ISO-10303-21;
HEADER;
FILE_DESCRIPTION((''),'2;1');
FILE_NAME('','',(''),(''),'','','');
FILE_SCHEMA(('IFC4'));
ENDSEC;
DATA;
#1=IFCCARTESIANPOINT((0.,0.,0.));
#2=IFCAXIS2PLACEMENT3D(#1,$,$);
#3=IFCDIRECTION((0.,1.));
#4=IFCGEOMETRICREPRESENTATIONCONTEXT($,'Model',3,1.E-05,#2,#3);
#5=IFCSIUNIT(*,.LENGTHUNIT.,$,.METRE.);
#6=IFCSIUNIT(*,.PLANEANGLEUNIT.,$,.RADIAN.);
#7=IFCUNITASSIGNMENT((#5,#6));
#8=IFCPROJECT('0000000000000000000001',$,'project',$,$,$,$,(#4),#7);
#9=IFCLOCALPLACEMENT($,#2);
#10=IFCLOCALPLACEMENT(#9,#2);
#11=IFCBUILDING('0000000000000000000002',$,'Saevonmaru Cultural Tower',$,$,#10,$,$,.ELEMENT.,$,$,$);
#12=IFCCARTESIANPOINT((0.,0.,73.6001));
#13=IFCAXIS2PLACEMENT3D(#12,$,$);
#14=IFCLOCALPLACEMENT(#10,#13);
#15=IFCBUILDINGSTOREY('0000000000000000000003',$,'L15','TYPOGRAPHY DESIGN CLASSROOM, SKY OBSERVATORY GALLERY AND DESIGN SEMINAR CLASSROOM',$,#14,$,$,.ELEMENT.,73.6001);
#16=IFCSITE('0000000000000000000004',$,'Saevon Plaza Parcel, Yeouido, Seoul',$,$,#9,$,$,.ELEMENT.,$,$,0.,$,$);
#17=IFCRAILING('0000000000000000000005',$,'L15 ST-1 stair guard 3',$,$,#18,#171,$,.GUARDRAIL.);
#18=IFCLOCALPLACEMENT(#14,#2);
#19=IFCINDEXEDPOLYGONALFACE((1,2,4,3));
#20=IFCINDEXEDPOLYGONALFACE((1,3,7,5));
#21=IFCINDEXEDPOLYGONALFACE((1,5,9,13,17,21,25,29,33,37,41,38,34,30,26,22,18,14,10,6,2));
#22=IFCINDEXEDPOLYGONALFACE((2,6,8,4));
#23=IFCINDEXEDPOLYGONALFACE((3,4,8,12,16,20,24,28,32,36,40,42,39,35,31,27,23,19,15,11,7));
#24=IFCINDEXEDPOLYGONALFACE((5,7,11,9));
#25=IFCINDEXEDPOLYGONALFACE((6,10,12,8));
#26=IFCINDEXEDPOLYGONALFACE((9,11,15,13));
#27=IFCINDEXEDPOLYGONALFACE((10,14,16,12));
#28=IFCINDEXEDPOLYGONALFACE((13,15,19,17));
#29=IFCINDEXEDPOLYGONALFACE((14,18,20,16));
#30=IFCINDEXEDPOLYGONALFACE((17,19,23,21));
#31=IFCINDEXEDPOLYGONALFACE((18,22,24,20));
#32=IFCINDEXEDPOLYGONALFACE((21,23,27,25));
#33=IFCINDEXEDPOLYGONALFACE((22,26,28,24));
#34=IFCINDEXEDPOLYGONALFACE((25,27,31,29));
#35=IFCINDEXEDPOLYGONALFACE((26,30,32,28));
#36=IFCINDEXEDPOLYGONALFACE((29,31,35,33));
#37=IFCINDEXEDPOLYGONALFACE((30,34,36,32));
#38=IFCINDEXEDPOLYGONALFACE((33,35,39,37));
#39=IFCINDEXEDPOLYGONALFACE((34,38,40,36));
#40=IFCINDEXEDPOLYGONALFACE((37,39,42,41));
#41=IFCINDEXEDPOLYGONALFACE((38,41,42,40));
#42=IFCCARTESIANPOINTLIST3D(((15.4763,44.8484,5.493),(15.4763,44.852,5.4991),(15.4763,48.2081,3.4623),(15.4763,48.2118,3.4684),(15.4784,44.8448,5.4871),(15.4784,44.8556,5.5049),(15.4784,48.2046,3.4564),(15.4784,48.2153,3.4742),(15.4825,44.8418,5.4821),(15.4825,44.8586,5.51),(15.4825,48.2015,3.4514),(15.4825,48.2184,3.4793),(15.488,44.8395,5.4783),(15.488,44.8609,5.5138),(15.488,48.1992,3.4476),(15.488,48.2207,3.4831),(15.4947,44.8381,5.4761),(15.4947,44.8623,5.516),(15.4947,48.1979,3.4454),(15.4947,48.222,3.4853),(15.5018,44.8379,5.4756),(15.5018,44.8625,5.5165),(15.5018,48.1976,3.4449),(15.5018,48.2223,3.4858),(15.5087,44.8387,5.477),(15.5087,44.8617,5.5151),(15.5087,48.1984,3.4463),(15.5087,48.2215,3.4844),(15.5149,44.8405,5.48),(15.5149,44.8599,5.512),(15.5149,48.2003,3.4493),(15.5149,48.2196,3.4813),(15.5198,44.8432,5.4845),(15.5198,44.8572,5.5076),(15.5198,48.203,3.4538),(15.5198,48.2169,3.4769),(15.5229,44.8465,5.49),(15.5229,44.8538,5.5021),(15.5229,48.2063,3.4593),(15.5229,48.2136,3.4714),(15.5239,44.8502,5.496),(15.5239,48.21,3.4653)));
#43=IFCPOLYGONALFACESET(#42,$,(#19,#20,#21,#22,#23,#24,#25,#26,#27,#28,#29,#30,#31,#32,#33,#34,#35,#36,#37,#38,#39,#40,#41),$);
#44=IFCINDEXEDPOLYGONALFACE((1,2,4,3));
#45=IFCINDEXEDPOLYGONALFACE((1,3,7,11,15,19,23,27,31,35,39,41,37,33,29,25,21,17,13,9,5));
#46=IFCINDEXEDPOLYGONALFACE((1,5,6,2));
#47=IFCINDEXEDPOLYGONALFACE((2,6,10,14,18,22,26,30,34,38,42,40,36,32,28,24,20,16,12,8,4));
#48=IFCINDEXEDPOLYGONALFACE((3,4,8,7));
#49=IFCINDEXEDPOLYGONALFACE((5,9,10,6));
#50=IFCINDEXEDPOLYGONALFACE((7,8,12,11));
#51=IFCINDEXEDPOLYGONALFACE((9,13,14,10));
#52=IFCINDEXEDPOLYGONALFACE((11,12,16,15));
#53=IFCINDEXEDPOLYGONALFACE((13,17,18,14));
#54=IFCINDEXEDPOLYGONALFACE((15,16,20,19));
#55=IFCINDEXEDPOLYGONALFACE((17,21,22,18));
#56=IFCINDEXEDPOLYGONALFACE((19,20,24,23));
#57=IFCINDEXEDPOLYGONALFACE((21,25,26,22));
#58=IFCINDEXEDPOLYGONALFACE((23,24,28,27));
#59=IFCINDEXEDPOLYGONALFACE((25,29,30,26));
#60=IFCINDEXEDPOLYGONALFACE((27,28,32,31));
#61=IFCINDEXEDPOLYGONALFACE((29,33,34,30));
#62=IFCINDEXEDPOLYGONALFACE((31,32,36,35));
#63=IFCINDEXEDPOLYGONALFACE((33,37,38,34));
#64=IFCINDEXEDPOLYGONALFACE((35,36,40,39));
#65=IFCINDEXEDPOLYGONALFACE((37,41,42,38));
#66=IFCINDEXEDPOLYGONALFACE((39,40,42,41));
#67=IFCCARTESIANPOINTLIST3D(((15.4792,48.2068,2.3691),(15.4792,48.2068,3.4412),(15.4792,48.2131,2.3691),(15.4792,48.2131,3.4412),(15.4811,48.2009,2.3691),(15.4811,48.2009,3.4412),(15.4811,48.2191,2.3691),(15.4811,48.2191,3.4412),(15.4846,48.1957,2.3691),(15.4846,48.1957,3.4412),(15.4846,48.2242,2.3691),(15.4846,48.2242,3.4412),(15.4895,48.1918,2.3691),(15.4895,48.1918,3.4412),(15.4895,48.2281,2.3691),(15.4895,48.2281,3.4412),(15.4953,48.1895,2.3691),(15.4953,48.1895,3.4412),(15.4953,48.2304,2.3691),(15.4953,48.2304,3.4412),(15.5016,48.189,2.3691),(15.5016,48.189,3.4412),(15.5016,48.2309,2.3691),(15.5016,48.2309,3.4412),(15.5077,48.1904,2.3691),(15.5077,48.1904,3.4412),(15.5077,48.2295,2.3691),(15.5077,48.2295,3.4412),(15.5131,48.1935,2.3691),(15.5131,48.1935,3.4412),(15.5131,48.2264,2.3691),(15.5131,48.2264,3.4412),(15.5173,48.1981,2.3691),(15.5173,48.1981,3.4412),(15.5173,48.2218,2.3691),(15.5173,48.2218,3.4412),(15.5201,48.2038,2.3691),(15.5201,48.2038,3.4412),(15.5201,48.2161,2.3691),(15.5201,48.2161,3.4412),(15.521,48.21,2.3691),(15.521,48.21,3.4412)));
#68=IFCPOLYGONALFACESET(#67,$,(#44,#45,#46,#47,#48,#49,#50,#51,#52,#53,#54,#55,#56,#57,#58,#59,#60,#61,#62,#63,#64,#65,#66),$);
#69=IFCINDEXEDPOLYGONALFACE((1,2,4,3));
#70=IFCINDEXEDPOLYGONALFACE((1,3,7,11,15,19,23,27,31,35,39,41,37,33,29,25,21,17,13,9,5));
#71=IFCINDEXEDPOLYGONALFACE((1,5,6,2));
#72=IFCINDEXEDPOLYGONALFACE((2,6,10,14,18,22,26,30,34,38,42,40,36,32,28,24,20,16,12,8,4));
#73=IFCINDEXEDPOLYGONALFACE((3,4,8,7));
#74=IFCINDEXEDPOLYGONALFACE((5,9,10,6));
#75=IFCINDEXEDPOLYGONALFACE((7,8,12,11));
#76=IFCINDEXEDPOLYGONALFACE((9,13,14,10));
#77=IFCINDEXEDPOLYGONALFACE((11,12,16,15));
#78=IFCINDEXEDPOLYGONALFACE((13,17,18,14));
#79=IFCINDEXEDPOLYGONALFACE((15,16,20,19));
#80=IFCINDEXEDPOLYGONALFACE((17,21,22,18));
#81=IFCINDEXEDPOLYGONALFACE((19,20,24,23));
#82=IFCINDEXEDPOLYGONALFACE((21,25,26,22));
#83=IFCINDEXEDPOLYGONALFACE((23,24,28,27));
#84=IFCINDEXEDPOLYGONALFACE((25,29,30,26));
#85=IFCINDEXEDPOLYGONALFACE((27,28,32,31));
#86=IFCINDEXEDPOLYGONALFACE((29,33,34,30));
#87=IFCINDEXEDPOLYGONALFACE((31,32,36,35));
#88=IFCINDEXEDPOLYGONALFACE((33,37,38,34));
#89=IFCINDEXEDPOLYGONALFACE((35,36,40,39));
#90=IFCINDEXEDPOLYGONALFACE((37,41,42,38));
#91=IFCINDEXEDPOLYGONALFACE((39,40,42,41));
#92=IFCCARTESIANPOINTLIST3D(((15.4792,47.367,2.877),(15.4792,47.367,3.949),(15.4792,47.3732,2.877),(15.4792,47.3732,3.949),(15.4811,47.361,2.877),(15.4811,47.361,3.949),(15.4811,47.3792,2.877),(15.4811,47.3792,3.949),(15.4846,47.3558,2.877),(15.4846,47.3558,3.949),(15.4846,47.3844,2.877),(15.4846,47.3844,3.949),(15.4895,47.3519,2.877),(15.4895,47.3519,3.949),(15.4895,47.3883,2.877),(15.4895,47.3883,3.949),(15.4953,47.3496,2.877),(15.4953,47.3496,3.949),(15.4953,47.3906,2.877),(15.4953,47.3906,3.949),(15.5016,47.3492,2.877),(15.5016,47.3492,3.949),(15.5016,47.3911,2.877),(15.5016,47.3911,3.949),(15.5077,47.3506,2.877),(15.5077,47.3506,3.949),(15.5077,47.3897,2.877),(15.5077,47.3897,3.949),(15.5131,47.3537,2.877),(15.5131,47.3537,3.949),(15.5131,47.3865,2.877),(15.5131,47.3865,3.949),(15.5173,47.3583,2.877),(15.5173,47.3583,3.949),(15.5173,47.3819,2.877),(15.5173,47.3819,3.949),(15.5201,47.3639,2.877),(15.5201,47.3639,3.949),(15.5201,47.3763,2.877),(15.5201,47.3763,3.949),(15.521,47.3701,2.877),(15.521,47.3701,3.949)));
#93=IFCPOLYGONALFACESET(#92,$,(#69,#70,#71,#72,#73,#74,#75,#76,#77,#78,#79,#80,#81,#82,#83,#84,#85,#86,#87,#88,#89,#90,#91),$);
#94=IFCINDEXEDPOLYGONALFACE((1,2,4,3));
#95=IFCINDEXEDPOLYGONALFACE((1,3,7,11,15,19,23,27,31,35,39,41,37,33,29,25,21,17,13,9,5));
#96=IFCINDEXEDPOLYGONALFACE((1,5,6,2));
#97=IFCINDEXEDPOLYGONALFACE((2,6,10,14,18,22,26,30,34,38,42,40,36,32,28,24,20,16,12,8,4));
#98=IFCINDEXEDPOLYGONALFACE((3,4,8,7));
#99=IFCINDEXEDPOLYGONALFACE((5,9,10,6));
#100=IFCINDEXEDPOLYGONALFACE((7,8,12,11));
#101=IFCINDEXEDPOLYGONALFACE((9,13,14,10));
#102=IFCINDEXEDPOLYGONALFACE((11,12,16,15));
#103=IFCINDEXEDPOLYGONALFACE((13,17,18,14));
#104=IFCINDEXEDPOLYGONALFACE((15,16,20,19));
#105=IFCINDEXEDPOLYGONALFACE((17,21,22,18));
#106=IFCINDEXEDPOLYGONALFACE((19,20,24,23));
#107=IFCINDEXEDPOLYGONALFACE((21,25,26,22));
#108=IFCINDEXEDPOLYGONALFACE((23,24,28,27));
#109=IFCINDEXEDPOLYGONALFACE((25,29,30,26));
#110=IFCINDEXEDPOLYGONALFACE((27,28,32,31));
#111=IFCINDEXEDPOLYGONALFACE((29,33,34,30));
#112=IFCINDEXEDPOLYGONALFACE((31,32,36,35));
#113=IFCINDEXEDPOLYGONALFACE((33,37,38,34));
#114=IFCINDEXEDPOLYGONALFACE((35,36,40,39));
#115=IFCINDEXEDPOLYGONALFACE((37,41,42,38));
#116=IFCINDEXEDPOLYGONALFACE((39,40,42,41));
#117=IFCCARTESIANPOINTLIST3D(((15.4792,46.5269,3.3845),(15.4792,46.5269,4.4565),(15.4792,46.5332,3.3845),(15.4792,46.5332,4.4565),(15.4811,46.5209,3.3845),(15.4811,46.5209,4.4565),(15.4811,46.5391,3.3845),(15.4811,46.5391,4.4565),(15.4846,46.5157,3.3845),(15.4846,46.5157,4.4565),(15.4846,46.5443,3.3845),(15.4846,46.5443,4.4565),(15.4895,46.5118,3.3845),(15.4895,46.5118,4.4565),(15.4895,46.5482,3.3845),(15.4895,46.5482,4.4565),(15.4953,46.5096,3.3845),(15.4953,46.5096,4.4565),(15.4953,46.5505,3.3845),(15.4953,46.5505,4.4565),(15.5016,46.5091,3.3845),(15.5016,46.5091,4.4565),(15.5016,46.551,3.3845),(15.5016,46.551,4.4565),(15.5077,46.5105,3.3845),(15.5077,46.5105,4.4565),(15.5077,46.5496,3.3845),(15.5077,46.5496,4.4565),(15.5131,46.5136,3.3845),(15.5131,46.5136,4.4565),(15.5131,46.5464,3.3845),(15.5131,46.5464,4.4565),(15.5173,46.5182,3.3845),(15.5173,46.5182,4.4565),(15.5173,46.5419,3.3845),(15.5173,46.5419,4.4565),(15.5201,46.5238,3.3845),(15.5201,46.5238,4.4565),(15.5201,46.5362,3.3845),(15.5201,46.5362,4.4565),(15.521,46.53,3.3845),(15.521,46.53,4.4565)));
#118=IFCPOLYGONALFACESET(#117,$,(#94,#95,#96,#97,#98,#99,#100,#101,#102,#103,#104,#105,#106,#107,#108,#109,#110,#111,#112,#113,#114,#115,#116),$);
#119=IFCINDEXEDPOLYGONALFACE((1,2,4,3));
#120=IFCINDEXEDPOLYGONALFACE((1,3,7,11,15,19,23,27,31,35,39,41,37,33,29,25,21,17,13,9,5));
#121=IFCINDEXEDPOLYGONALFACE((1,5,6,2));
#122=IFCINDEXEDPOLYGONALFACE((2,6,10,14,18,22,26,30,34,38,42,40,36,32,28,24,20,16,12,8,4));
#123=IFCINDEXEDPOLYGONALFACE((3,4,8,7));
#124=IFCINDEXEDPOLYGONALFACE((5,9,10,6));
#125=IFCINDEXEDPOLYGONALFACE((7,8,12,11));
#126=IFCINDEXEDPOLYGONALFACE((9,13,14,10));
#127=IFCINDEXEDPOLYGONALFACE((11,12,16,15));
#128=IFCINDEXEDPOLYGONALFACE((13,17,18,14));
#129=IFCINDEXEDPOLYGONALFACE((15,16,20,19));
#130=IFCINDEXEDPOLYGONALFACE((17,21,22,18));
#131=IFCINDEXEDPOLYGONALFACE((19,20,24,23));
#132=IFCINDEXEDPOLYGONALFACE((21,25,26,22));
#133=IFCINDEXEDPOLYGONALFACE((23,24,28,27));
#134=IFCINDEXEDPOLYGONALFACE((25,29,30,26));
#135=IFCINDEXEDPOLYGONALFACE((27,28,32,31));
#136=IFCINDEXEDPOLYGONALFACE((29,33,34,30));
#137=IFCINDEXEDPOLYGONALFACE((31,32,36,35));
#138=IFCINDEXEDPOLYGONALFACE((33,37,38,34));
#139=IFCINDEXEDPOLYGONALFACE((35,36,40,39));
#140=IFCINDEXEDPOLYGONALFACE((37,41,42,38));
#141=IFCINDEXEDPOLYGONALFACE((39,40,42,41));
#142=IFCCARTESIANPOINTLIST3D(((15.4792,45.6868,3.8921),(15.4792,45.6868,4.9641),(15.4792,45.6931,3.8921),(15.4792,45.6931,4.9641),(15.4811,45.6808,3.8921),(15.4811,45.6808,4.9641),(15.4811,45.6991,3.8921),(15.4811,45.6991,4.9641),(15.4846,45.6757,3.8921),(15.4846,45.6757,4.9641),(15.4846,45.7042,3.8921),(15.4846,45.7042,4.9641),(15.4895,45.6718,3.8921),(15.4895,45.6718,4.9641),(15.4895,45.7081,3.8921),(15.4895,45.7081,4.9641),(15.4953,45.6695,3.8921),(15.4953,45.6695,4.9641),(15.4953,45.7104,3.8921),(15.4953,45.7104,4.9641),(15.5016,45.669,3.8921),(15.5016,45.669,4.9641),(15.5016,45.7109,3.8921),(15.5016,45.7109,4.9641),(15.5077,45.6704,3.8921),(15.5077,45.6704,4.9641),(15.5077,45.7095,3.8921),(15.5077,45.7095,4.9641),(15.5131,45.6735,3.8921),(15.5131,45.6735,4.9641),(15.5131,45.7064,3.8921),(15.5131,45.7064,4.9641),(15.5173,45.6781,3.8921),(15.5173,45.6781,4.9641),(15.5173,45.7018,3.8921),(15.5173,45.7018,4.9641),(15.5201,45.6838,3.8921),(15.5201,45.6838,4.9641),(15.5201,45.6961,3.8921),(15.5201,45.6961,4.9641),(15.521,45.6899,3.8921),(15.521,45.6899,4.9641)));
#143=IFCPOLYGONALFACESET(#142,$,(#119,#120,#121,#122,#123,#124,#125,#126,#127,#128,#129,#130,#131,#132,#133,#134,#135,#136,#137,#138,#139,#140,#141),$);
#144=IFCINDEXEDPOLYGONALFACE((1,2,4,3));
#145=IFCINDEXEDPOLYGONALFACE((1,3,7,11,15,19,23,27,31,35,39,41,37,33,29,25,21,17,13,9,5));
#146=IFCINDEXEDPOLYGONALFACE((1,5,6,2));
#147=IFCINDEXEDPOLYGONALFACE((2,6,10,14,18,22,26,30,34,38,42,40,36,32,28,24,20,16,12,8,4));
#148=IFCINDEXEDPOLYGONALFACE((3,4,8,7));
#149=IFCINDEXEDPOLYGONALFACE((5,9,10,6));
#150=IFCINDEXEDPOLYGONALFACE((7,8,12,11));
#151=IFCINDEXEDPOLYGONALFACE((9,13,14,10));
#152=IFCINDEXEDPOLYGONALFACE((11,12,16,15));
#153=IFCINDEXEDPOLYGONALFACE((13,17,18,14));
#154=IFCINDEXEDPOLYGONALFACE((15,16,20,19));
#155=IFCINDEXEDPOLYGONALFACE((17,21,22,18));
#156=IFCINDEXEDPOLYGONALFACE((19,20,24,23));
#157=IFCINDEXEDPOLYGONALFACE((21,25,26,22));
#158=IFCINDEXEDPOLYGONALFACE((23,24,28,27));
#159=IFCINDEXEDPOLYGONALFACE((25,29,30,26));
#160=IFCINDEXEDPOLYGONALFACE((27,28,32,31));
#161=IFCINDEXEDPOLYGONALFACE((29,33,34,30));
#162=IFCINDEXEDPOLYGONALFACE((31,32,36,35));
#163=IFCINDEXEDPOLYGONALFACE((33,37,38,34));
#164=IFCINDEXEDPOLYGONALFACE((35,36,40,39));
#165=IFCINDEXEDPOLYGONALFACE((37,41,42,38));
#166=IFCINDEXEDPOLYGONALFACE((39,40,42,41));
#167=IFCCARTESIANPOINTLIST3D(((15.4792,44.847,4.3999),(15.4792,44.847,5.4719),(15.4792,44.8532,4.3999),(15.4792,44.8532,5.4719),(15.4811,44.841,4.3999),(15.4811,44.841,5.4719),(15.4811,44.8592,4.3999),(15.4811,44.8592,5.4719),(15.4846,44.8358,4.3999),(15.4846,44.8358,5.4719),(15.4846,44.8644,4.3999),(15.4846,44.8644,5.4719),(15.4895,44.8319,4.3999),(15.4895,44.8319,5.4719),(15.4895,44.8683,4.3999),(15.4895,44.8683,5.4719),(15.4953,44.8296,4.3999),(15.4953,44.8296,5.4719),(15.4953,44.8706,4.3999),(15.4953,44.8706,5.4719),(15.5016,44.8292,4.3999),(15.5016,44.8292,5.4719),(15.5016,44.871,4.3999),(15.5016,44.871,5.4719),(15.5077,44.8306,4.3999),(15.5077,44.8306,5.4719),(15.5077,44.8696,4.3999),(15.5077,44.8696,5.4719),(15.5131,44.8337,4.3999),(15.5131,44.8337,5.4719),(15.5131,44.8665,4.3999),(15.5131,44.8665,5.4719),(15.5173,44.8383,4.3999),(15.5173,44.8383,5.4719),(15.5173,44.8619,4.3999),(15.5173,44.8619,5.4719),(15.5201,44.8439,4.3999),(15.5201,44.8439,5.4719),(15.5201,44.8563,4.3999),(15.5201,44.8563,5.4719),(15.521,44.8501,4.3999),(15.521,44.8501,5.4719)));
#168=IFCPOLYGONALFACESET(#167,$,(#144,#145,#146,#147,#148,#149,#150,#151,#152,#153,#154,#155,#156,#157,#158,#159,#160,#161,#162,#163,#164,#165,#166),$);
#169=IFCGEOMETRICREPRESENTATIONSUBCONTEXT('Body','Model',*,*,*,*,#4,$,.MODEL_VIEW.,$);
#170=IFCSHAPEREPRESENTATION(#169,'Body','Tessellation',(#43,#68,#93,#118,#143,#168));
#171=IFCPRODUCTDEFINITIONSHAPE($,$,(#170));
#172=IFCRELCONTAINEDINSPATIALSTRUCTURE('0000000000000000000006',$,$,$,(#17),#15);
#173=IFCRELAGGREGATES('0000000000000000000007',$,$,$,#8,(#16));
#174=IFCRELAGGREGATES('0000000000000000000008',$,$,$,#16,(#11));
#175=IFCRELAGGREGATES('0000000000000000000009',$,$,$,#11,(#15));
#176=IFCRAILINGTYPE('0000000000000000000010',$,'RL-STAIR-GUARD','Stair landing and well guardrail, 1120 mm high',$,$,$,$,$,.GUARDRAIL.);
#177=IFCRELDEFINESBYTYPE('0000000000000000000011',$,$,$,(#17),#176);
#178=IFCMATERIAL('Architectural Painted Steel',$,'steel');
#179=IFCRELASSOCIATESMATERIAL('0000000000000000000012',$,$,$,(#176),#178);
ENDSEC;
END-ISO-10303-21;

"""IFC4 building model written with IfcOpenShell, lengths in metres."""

from ifc_helpers import new_model, si_unit, direction, frame, origin, origin_2d, place, context, subcontext, project, spatial, circle, extrude, material, type_object, element, save


model = new_model("IFC4")

# Units and contexts
model_context = context("Model", 3, precision=1e-05, world=origin(), true_north=direction((0.0, 1.0)))
body_context = subcontext(model_context, "Body", "Model", "MODEL_VIEW")
ifc_project = project(units=[si_unit("LENGTHUNIT", "METRE"), si_unit("PLANEANGLEUNIT", "RADIAN")], contexts=[model_context])

# Site, building, storey
site_placement = place(None, origin())
site = spatial("IfcSite", under=ifc_project, at=site_placement, Name="Saevon Plaza Parcel, Yeouido, Seoul", CompositionType="ELEMENT", RefElevation=0.0)
building_placement = place(site_placement, origin())
building = spatial("IfcBuilding", under=site, at=building_placement, Name="Saevonmaru Cultural Tower", CompositionType="ELEMENT")
storey_placement = place(building_placement, frame((0.0, 0.0, 73.6001)))
storey = spatial("IfcBuildingStorey", under=building, at=storey_placement, Name="L15", Description="TYPOGRAPHY DESIGN CLASSROOM, SKY OBSERVATORY GALLERY AND DESIGN SEMINAR CLASSROOM", CompositionType="ELEMENT", Elevation=73.6001)

# Railing
ifc_material_1 = material(Name="Architectural Painted Steel", Category="steel")
railing_type = type_object("IfcRailingType", Name="RL-STAIR-GUARD", Description="Stair landing and well guardrail, 1120 mm high", PredefinedType="GUARDRAIL", material=ifc_material_1)
railing_1_placement = place(storey_placement, frame((15.5, 48.21, 2.3691)))
element("IfcRailing", 1, at=railing_1_placement, inside=storey, type_object=railing_type, Name="L15 ST-1 stair guard 3", PredefinedType="GUARDRAIL", context=body_context, shape_type="SweptSolid", body=[
    extrude(circle(Radius=0.0239, at=origin_2d()), frame((0.0, 0.0, 1.0962), z_axis=(0.0, -0.85582, 0.517273), x_axis=(1.0, 0.0, 0.0)), (0.0, 0.0, 1.0), 3.9258),
    extrude(circle(Radius=0.021, at=origin_2d()), origin(), (0.0, 0.0, 1.0), 1.072),
    extrude(circle(Radius=0.021, at=origin_2d()), frame((0.0, -0.8398, 0.5078)), (0.0, 0.0, 1.0), 1.072),
    extrude(circle(Radius=0.021, at=origin_2d()), frame((0.0, -1.6799, 1.0154)), (0.0, 0.0, 1.0), 1.072),
    extrude(circle(Radius=0.021, at=origin_2d()), frame((0.0, -2.52, 1.5229)), (0.0, 0.0, 1.0), 1.072),
    extrude(circle(Radius=0.021, at=origin_2d()), frame((0.0, -3.3599, 2.0308)), (0.0, 0.0, 1.0), 1.072),
])

save(model, "model.ifc")
